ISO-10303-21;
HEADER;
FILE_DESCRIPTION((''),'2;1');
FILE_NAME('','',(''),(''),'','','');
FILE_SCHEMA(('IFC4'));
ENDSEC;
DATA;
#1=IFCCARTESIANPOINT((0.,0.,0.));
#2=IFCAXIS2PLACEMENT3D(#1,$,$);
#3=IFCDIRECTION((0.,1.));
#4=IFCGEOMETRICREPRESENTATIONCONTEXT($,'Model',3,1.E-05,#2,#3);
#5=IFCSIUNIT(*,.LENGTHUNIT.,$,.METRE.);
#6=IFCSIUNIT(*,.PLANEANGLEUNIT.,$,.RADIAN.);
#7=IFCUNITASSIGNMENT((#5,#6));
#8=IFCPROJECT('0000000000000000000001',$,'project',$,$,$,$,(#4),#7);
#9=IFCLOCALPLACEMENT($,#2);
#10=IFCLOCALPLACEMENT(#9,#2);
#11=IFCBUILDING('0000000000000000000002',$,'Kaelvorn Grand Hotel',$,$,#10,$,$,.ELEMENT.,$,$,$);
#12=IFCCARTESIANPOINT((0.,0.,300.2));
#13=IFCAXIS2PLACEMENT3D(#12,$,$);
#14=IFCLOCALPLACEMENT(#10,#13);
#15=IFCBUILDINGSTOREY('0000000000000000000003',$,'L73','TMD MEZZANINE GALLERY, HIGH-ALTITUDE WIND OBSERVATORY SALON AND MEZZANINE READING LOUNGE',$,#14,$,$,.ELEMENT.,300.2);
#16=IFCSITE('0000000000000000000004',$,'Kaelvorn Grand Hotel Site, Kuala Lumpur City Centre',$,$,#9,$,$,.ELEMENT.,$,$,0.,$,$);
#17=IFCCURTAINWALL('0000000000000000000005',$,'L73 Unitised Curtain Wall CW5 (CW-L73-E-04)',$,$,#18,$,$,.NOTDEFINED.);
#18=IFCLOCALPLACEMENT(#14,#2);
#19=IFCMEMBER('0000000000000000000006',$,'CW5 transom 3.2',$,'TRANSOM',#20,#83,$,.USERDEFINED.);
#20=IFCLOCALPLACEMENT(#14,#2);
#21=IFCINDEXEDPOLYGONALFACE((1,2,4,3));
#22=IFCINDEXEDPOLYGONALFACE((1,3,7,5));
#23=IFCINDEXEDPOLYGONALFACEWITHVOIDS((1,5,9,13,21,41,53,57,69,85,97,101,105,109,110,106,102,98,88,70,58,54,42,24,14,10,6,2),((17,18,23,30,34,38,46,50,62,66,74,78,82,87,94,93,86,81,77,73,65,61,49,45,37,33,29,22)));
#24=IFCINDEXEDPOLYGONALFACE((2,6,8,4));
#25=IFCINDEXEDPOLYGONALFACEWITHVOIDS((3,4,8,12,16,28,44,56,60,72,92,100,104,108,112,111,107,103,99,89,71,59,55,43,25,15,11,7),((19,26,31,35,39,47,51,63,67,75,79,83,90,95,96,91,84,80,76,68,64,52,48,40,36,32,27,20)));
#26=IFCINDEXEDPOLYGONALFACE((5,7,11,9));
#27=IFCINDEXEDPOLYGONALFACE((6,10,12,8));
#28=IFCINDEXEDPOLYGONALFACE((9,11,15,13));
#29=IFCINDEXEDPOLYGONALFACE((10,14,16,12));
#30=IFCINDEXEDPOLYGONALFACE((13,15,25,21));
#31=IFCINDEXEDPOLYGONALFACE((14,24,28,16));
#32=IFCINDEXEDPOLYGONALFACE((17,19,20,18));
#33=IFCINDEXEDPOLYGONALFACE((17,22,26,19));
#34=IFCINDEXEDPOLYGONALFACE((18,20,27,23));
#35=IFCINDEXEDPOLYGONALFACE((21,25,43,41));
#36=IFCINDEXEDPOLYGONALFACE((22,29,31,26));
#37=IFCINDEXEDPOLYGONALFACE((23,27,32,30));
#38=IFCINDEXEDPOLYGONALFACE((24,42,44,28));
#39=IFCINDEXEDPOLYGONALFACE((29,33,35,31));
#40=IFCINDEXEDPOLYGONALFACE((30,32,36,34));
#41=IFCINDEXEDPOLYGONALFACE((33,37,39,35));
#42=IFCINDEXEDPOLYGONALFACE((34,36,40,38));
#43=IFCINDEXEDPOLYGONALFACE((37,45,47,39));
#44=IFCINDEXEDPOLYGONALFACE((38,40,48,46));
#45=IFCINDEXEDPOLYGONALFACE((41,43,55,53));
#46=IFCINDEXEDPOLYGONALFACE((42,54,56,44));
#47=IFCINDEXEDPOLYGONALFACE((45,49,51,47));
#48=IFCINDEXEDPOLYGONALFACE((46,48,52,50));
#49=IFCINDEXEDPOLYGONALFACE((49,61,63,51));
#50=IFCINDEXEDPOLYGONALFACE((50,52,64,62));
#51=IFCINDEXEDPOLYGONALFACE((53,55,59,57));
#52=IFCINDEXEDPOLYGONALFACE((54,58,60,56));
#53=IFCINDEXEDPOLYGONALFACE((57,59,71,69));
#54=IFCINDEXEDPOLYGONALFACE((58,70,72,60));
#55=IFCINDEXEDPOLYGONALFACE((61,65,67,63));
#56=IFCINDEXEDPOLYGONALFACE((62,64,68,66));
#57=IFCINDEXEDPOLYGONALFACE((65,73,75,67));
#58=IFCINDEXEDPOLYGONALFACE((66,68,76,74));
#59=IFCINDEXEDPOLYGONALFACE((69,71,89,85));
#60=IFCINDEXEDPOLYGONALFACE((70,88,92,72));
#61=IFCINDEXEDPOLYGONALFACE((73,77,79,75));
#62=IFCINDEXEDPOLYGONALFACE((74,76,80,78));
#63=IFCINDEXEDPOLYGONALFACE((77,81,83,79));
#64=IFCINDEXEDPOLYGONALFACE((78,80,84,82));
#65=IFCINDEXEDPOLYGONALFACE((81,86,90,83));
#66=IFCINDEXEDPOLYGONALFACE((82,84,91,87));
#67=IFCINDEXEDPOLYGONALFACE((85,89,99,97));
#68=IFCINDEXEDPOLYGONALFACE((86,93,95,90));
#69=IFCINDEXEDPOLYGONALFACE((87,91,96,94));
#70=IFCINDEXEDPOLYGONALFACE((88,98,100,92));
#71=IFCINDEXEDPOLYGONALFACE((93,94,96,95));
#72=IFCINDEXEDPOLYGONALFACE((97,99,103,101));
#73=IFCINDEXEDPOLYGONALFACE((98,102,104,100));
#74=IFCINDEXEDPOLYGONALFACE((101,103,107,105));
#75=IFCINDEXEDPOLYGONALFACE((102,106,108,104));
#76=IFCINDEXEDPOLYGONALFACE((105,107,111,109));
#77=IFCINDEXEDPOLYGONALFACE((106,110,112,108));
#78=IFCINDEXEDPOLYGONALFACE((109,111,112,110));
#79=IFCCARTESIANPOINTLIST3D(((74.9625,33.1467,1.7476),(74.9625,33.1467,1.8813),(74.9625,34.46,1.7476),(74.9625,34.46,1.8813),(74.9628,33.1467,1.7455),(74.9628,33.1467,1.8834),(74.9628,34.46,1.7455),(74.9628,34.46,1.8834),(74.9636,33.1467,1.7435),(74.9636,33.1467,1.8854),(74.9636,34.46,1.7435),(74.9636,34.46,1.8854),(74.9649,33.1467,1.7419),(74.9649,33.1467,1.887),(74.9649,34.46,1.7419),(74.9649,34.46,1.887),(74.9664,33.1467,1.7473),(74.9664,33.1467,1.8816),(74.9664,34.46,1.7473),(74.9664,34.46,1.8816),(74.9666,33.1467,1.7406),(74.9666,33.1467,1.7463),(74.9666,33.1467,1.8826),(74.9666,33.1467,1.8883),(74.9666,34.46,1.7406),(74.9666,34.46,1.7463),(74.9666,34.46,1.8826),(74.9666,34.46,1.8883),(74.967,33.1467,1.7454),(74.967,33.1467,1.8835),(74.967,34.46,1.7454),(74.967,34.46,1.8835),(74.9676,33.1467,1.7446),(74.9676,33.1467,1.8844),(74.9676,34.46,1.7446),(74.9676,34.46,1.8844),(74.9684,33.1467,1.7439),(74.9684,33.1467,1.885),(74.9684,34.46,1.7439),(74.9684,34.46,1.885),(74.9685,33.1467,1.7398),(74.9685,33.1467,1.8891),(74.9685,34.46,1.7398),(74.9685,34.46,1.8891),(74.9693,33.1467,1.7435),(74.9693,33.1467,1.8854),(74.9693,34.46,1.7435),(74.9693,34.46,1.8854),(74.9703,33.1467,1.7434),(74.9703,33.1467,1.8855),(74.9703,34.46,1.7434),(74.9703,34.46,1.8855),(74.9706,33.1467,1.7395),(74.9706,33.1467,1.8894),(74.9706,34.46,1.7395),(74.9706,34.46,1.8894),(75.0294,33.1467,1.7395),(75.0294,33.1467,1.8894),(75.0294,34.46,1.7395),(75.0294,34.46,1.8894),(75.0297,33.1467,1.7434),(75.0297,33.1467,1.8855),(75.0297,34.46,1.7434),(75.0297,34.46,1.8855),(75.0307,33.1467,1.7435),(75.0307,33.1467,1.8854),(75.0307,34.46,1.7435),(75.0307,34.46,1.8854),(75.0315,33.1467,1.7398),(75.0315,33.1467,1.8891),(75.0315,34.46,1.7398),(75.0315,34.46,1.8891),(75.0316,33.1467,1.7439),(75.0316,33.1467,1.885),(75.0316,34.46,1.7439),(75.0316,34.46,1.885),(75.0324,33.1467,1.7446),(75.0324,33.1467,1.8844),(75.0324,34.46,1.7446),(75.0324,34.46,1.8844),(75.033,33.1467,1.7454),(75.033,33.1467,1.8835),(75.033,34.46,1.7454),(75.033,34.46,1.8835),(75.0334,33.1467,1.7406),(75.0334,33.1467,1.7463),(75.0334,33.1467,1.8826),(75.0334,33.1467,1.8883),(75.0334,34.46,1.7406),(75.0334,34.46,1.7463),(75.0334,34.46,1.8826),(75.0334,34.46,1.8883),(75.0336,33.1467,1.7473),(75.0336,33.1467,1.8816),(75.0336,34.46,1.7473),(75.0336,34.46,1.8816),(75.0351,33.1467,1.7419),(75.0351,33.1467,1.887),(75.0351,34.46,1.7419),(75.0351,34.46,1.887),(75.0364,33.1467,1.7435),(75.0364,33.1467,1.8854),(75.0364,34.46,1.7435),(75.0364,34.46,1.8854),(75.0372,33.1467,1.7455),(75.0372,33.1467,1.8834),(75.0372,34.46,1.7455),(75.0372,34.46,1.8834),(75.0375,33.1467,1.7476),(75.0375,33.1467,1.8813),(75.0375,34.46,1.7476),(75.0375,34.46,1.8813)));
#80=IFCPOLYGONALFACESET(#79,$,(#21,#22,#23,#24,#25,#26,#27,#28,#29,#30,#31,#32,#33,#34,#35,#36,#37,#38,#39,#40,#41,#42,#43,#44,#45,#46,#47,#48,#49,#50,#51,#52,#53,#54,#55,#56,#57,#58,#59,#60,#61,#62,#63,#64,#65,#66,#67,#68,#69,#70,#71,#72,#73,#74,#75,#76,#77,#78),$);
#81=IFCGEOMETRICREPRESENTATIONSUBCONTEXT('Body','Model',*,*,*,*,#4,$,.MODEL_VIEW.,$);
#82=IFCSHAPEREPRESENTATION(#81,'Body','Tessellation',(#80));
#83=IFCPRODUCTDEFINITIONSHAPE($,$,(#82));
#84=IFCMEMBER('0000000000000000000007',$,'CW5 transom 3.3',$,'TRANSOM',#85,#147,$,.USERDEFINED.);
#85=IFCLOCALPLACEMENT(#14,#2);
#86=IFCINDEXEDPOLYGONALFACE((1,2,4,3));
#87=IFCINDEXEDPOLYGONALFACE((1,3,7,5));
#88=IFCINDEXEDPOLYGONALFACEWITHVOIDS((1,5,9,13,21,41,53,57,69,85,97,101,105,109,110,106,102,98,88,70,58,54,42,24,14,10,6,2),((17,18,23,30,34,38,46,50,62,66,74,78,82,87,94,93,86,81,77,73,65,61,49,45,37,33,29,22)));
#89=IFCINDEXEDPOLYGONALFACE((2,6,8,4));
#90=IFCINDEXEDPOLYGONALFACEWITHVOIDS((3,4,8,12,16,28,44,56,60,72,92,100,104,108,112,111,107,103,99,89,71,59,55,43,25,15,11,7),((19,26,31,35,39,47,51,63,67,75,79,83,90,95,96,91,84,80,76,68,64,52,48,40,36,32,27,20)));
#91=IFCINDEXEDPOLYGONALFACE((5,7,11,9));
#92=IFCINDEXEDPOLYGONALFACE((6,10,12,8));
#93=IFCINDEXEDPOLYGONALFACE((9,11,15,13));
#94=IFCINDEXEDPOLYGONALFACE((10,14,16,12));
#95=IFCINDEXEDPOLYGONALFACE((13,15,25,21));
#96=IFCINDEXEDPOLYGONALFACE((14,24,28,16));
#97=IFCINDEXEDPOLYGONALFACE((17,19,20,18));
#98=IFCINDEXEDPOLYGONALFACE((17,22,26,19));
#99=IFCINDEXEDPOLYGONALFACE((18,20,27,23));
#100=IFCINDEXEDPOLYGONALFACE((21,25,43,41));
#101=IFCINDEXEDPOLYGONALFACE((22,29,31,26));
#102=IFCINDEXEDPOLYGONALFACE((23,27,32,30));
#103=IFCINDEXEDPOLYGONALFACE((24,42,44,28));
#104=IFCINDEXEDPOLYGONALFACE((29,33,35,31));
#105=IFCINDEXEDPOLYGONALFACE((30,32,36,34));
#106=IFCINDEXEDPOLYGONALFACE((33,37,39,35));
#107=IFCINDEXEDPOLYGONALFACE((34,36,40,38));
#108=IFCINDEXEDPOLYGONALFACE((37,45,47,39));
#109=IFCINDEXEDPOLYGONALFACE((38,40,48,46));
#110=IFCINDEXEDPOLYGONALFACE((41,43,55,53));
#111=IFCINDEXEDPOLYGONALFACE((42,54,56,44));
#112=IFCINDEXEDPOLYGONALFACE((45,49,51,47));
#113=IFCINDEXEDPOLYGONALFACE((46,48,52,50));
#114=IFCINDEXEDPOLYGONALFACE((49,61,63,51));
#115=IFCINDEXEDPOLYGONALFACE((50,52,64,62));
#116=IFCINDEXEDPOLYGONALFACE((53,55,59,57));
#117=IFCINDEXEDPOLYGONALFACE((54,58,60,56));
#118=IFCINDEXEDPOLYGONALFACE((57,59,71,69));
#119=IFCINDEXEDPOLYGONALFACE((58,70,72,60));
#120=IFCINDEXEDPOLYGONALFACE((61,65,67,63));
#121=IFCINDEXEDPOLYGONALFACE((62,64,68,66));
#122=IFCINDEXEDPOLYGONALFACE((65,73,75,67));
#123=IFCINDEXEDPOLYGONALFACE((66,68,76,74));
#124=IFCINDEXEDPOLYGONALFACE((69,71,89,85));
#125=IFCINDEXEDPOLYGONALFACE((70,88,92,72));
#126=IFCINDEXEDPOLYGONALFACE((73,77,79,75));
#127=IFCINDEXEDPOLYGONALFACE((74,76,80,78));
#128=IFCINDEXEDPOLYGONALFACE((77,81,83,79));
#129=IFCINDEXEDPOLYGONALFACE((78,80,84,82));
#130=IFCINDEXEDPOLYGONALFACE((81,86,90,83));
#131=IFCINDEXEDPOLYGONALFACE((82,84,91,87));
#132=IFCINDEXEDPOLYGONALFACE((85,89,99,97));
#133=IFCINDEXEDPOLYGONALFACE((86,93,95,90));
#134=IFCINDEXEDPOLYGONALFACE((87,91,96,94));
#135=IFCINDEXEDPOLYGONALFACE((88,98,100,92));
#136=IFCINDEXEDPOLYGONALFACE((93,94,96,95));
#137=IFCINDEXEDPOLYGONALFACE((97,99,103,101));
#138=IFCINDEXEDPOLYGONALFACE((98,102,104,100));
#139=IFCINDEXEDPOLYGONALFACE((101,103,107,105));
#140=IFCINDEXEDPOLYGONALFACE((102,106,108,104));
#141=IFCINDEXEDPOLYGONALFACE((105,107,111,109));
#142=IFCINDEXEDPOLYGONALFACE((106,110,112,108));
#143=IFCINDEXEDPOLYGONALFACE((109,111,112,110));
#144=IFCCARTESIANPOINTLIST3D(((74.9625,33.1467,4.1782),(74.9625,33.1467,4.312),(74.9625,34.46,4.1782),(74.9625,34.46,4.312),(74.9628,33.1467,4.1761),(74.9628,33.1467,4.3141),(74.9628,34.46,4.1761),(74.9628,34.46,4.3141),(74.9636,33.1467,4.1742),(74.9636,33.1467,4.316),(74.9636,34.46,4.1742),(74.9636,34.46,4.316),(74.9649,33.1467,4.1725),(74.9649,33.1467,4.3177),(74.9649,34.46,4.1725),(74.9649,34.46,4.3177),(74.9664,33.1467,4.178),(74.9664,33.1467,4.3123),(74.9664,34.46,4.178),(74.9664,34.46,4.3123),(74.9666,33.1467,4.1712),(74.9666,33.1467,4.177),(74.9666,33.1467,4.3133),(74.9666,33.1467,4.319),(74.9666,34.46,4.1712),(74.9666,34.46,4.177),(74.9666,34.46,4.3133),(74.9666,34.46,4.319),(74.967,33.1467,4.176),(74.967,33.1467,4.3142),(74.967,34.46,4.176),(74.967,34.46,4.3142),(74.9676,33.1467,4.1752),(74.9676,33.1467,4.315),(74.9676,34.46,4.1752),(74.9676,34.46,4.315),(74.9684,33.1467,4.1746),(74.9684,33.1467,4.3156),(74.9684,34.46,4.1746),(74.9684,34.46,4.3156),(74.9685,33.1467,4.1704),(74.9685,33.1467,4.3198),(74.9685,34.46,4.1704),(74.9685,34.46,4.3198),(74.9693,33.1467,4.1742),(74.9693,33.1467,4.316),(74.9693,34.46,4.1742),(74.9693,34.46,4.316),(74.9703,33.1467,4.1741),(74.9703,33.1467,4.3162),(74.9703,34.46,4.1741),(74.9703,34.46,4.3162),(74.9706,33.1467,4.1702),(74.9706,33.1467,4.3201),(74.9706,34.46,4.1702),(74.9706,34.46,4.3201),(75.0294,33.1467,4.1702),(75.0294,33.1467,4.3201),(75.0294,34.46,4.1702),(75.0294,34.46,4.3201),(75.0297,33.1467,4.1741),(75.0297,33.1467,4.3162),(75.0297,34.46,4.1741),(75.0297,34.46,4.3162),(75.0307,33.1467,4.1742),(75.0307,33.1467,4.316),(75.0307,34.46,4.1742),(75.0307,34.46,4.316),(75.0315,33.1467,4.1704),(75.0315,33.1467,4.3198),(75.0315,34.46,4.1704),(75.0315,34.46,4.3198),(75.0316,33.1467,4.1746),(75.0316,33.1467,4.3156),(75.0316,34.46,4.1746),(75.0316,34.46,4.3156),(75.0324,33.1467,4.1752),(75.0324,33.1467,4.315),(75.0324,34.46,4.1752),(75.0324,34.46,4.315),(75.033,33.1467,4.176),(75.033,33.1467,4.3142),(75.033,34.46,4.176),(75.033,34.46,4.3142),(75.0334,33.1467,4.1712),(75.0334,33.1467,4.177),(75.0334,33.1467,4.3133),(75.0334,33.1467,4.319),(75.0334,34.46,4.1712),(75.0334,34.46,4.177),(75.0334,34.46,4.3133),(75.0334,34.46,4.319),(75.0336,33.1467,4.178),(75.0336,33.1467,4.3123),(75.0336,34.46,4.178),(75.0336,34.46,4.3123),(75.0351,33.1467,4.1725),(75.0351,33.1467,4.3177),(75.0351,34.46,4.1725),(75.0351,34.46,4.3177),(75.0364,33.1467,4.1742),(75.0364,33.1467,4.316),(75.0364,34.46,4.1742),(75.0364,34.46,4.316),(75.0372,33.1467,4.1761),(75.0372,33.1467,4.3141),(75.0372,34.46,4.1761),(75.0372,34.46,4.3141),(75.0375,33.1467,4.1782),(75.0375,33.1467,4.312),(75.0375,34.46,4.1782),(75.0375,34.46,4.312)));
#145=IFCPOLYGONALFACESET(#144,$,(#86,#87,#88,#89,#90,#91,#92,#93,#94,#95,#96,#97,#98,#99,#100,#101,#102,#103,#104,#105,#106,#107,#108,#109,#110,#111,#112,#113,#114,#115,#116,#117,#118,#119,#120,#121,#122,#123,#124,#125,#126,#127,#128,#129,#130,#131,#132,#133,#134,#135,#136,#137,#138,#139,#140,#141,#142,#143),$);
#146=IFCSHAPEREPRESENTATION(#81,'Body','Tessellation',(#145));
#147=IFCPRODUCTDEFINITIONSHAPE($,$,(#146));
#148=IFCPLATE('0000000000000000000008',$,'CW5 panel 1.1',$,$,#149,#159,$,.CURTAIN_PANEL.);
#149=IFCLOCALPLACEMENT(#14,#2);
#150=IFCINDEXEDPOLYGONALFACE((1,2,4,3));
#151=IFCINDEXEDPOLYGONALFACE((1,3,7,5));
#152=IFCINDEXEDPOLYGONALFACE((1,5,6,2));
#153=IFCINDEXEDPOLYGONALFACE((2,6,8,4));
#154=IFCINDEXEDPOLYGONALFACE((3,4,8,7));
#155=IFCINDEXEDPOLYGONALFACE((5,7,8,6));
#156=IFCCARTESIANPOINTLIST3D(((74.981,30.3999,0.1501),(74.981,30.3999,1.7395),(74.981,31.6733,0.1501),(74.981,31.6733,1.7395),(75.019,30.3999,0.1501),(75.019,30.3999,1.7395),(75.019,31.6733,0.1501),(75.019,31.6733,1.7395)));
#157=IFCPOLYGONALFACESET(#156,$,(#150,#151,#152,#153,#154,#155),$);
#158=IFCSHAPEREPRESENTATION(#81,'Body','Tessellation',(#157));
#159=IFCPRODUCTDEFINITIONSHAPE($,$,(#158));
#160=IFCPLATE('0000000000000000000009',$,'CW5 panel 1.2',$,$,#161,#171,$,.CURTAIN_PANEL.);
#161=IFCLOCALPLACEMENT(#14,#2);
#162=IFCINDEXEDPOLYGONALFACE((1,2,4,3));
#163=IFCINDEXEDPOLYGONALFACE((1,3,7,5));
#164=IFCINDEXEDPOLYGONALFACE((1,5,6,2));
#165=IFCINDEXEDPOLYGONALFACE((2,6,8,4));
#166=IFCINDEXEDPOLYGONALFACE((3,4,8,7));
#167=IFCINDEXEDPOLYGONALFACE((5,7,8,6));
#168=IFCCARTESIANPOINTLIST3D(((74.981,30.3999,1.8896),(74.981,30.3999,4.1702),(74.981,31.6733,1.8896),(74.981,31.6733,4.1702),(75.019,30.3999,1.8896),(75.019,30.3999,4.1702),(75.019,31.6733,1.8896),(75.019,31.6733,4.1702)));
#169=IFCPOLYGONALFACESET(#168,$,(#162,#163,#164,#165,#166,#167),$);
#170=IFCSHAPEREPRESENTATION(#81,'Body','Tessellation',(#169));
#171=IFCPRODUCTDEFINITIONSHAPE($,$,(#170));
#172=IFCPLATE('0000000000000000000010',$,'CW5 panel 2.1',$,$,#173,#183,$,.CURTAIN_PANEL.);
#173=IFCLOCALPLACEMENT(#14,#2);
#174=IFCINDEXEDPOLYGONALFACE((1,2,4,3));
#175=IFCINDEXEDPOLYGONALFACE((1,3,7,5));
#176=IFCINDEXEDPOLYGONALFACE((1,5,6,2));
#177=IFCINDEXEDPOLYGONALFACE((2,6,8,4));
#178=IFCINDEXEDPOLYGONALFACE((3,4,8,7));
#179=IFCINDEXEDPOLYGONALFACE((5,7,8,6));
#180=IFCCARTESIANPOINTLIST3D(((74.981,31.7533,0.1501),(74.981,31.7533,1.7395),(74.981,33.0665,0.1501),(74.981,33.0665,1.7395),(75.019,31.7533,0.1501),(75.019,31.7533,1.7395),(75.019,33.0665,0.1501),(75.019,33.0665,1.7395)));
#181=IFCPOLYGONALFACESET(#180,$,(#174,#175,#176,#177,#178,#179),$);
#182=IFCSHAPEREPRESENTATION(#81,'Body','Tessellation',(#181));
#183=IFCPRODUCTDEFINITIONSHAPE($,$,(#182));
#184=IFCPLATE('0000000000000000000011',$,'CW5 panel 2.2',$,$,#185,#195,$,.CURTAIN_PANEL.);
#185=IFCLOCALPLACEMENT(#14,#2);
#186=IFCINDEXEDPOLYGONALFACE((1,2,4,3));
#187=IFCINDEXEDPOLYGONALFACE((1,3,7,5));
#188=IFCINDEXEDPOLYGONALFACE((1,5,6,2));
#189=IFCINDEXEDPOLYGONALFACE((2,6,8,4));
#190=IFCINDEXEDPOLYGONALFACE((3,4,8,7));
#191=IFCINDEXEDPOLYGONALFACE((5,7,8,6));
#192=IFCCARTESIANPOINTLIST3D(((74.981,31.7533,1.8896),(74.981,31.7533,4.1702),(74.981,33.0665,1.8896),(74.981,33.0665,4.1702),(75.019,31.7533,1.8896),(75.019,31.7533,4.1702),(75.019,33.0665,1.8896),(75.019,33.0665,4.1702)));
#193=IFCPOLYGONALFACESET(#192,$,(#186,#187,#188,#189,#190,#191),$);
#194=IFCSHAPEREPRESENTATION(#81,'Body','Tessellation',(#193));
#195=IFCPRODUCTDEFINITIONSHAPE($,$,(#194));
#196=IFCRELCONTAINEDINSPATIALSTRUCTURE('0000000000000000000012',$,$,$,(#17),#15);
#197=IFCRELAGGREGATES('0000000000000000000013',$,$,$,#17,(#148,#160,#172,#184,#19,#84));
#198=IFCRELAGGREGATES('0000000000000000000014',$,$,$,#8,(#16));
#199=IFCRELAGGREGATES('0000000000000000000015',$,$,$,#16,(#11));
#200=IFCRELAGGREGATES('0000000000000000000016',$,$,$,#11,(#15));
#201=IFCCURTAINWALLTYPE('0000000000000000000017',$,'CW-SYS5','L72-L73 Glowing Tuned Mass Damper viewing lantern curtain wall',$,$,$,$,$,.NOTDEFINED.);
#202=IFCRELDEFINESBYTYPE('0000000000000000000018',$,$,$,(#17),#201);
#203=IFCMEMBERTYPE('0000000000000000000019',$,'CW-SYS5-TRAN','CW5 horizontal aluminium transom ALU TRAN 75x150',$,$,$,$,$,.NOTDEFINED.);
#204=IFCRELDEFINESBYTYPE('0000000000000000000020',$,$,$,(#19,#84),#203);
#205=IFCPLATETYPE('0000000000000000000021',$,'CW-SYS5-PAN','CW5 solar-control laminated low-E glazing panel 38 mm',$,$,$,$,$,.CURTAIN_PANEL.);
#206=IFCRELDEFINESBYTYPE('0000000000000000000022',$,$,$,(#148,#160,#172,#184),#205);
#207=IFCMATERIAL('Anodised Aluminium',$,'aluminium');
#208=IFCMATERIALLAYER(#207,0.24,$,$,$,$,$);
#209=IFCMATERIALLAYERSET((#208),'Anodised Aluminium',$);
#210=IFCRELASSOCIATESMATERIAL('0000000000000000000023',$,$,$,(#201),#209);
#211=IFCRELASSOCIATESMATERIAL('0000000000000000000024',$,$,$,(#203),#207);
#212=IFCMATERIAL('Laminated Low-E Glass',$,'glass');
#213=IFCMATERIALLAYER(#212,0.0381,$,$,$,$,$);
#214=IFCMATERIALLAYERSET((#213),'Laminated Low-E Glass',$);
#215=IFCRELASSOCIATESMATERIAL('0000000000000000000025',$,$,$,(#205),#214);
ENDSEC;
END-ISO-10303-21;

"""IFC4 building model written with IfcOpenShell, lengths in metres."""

from ifc_helpers import new_model, si_unit, direction, frame, origin, origin_2d, place, context, subcontext, project, spatial, rectangle, hollow_rectangle, extrude, material, layer, layer_set, material_profile, profile_set, type_object, element, aggregate, save


model = new_model("IFC4")

# Units and contexts
model_context = context("Model", 3, precision=1e-05, world=origin(), true_north=direction((0.0, 1.0)))
body_context = subcontext(model_context, "Body", "Model", "MODEL_VIEW")
ifc_project = project(units=[si_unit("LENGTHUNIT", "METRE"), si_unit("PLANEANGLEUNIT", "RADIAN")], contexts=[model_context])

# Site, building, storey
site_placement = place(None, origin())
site = spatial("IfcSite", under=ifc_project, at=site_placement, Name="Kaelvorn Grand Hotel Site, Kuala Lumpur City Centre", CompositionType="ELEMENT", RefElevation=0.0)
building_placement = place(site_placement, origin())
building = spatial("IfcBuilding", under=site, at=building_placement, Name="Kaelvorn Grand Hotel", CompositionType="ELEMENT")
storey_placement = place(building_placement, frame((0.0, 0.0, 300.2)))
storey = spatial("IfcBuildingStorey", under=building, at=storey_placement, Name="L73", Description="TMD MEZZANINE GALLERY, HIGH-ALTITUDE WIND OBSERVATORY SALON AND MEZZANINE READING LOUNGE", CompositionType="ELEMENT", Elevation=300.2)

# Shared definitions
ifc_material_1 = material(Name="Anodised Aluminium", Category="aluminium")
ifc_layer_1 = layer(ifc_material_1, 0.24)
ifc_layer_set_1 = layer_set([ifc_layer_1], Name="Anodised Aluminium")
curtain_wall_type = type_object("IfcCurtainWallType", Name="CW-SYS5", Description="L72-L73 Glowing Tuned Mass Damper viewing lantern curtain wall", PredefinedType="NOTDEFINED", material=ifc_layer_set_1)

# Curtain wall, members, plates
curtain_wall_1_placement = place(storey_placement, origin())
curtain_wall_1 = element("IfcCurtainWall", 1, at=curtain_wall_1_placement, inside=storey, type_object=curtain_wall_type, Name="L73 Unitised Curtain Wall CW5 (CW-L73-E-04)", PredefinedType="NOTDEFINED")
ifc_material_profile_1 = material_profile(ifc_material_1, hollow_rectangle(XDim=0.075, YDim=0.1499, WallThickness=0.0039, InnerFilletRadius=0.0039, OuterFilletRadius=0.0081, at=origin_2d()), Name="ALU TRAN 75x150")
ifc_profile_set_1 = profile_set([ifc_material_profile_1], Name="Anodised Aluminium")
member_type_1 = type_object("IfcMemberType", Name="CW-SYS5-TRAN", Description="CW5 horizontal aluminium transom ALU TRAN 75x150", PredefinedType="NOTDEFINED", material=ifc_profile_set_1)
member_1_placement = place(storey_placement, frame((75.0, 33.1467, 1.8145), z_axis=(0.0, 1.0, 0.0), x_axis=(-1.0, 0.0, 0.0)))
member_1 = element("IfcMember", 2, at=member_1_placement, type_object=member_type_1, Name="CW5 transom 3.2", ObjectType="TRANSOM", PredefinedType="USERDEFINED", context=body_context, shape_type="SweptSolid", body=[
    extrude(hollow_rectangle(XDim=0.075, YDim=0.1499, WallThickness=0.0039, InnerFilletRadius=0.0039, OuterFilletRadius=0.0081, at=origin_2d()), origin(), (0.0, 0.0, 1.0), 1.3132),
])
member_2_placement = place(storey_placement, frame((75.0, 33.1467, 4.2451), z_axis=(0.0, 1.0, 0.0), x_axis=(-1.0, 0.0, 0.0)))
member_2 = element("IfcMember", 3, at=member_2_placement, type_object=member_type_1, Name="CW5 transom 3.3", ObjectType="TRANSOM", PredefinedType="USERDEFINED", context=body_context, shape_type="SweptSolid", body=[
    extrude(hollow_rectangle(XDim=0.075, YDim=0.1499, WallThickness=0.0039, InnerFilletRadius=0.0039, OuterFilletRadius=0.0081, at=origin_2d()), origin(), (0.0, 0.0, 1.0), 1.3132),
])
ifc_material_2 = material(Name="Laminated Low-E Glass", Category="glass")
ifc_layer_2 = layer(ifc_material_2, 0.0381)
ifc_layer_set_2 = layer_set([ifc_layer_2], Name="Laminated Low-E Glass")
plate_type = type_object("IfcPlateType", Name="CW-SYS5-PAN", Description="CW5 solar-control laminated low-E glazing panel 38 mm", PredefinedType="CURTAIN_PANEL", material=ifc_layer_set_2)
plate_1_placement = place(storey_placement, frame((75.0, 31.0366, 0.1501), z_axis=(0.0, 0.0, 1.0), x_axis=(0.0, 1.0, 0.0)))
plate_1 = element("IfcPlate", 4, at=plate_1_placement, type_object=plate_type, Name="CW5 panel 1.1", PredefinedType="CURTAIN_PANEL", context=body_context, shape_type="SweptSolid", body=[
    extrude(rectangle(XDim=1.2734, YDim=0.0381, at=origin_2d()), origin(), (0.0, 0.0, 1.0), 1.5894),
])
plate_2_placement = place(storey_placement, frame((75.0, 31.0366, 1.8896), z_axis=(0.0, 0.0, 1.0), x_axis=(0.0, 1.0, 0.0)))
plate_2 = element("IfcPlate", 5, at=plate_2_placement, type_object=plate_type, Name="CW5 panel 1.2", PredefinedType="CURTAIN_PANEL", context=body_context, shape_type="SweptSolid", body=[
    extrude(rectangle(XDim=1.2734, YDim=0.0381, at=origin_2d()), origin(), (0.0, 0.0, 1.0), 2.2805),
])
plate_3_placement = place(storey_placement, frame((75.0, 32.4099, 0.1501), z_axis=(0.0, 0.0, 1.0), x_axis=(0.0, 1.0, 0.0)))
plate_3 = element("IfcPlate", 6, at=plate_3_placement, type_object=plate_type, Name="CW5 panel 2.1", PredefinedType="CURTAIN_PANEL", context=body_context, shape_type="SweptSolid", body=[
    extrude(rectangle(XDim=1.3132, YDim=0.0381, at=origin_2d()), origin(), (0.0, 0.0, 1.0), 1.5894),
])
plate_4_placement = place(storey_placement, frame((75.0, 32.4099, 1.8896), z_axis=(0.0, 0.0, 1.0), x_axis=(0.0, 1.0, 0.0)))
plate_4 = element("IfcPlate", 7, at=plate_4_placement, type_object=plate_type, Name="CW5 panel 2.2", PredefinedType="CURTAIN_PANEL", context=body_context, shape_type="SweptSolid", body=[
    extrude(rectangle(XDim=1.3132, YDim=0.0381, at=origin_2d()), origin(), (0.0, 0.0, 1.0), 2.2805),
])
aggregate(curtain_wall_1, [plate_1, plate_2, plate_3, plate_4, member_1, member_2])

save(model, "model.ifc")
